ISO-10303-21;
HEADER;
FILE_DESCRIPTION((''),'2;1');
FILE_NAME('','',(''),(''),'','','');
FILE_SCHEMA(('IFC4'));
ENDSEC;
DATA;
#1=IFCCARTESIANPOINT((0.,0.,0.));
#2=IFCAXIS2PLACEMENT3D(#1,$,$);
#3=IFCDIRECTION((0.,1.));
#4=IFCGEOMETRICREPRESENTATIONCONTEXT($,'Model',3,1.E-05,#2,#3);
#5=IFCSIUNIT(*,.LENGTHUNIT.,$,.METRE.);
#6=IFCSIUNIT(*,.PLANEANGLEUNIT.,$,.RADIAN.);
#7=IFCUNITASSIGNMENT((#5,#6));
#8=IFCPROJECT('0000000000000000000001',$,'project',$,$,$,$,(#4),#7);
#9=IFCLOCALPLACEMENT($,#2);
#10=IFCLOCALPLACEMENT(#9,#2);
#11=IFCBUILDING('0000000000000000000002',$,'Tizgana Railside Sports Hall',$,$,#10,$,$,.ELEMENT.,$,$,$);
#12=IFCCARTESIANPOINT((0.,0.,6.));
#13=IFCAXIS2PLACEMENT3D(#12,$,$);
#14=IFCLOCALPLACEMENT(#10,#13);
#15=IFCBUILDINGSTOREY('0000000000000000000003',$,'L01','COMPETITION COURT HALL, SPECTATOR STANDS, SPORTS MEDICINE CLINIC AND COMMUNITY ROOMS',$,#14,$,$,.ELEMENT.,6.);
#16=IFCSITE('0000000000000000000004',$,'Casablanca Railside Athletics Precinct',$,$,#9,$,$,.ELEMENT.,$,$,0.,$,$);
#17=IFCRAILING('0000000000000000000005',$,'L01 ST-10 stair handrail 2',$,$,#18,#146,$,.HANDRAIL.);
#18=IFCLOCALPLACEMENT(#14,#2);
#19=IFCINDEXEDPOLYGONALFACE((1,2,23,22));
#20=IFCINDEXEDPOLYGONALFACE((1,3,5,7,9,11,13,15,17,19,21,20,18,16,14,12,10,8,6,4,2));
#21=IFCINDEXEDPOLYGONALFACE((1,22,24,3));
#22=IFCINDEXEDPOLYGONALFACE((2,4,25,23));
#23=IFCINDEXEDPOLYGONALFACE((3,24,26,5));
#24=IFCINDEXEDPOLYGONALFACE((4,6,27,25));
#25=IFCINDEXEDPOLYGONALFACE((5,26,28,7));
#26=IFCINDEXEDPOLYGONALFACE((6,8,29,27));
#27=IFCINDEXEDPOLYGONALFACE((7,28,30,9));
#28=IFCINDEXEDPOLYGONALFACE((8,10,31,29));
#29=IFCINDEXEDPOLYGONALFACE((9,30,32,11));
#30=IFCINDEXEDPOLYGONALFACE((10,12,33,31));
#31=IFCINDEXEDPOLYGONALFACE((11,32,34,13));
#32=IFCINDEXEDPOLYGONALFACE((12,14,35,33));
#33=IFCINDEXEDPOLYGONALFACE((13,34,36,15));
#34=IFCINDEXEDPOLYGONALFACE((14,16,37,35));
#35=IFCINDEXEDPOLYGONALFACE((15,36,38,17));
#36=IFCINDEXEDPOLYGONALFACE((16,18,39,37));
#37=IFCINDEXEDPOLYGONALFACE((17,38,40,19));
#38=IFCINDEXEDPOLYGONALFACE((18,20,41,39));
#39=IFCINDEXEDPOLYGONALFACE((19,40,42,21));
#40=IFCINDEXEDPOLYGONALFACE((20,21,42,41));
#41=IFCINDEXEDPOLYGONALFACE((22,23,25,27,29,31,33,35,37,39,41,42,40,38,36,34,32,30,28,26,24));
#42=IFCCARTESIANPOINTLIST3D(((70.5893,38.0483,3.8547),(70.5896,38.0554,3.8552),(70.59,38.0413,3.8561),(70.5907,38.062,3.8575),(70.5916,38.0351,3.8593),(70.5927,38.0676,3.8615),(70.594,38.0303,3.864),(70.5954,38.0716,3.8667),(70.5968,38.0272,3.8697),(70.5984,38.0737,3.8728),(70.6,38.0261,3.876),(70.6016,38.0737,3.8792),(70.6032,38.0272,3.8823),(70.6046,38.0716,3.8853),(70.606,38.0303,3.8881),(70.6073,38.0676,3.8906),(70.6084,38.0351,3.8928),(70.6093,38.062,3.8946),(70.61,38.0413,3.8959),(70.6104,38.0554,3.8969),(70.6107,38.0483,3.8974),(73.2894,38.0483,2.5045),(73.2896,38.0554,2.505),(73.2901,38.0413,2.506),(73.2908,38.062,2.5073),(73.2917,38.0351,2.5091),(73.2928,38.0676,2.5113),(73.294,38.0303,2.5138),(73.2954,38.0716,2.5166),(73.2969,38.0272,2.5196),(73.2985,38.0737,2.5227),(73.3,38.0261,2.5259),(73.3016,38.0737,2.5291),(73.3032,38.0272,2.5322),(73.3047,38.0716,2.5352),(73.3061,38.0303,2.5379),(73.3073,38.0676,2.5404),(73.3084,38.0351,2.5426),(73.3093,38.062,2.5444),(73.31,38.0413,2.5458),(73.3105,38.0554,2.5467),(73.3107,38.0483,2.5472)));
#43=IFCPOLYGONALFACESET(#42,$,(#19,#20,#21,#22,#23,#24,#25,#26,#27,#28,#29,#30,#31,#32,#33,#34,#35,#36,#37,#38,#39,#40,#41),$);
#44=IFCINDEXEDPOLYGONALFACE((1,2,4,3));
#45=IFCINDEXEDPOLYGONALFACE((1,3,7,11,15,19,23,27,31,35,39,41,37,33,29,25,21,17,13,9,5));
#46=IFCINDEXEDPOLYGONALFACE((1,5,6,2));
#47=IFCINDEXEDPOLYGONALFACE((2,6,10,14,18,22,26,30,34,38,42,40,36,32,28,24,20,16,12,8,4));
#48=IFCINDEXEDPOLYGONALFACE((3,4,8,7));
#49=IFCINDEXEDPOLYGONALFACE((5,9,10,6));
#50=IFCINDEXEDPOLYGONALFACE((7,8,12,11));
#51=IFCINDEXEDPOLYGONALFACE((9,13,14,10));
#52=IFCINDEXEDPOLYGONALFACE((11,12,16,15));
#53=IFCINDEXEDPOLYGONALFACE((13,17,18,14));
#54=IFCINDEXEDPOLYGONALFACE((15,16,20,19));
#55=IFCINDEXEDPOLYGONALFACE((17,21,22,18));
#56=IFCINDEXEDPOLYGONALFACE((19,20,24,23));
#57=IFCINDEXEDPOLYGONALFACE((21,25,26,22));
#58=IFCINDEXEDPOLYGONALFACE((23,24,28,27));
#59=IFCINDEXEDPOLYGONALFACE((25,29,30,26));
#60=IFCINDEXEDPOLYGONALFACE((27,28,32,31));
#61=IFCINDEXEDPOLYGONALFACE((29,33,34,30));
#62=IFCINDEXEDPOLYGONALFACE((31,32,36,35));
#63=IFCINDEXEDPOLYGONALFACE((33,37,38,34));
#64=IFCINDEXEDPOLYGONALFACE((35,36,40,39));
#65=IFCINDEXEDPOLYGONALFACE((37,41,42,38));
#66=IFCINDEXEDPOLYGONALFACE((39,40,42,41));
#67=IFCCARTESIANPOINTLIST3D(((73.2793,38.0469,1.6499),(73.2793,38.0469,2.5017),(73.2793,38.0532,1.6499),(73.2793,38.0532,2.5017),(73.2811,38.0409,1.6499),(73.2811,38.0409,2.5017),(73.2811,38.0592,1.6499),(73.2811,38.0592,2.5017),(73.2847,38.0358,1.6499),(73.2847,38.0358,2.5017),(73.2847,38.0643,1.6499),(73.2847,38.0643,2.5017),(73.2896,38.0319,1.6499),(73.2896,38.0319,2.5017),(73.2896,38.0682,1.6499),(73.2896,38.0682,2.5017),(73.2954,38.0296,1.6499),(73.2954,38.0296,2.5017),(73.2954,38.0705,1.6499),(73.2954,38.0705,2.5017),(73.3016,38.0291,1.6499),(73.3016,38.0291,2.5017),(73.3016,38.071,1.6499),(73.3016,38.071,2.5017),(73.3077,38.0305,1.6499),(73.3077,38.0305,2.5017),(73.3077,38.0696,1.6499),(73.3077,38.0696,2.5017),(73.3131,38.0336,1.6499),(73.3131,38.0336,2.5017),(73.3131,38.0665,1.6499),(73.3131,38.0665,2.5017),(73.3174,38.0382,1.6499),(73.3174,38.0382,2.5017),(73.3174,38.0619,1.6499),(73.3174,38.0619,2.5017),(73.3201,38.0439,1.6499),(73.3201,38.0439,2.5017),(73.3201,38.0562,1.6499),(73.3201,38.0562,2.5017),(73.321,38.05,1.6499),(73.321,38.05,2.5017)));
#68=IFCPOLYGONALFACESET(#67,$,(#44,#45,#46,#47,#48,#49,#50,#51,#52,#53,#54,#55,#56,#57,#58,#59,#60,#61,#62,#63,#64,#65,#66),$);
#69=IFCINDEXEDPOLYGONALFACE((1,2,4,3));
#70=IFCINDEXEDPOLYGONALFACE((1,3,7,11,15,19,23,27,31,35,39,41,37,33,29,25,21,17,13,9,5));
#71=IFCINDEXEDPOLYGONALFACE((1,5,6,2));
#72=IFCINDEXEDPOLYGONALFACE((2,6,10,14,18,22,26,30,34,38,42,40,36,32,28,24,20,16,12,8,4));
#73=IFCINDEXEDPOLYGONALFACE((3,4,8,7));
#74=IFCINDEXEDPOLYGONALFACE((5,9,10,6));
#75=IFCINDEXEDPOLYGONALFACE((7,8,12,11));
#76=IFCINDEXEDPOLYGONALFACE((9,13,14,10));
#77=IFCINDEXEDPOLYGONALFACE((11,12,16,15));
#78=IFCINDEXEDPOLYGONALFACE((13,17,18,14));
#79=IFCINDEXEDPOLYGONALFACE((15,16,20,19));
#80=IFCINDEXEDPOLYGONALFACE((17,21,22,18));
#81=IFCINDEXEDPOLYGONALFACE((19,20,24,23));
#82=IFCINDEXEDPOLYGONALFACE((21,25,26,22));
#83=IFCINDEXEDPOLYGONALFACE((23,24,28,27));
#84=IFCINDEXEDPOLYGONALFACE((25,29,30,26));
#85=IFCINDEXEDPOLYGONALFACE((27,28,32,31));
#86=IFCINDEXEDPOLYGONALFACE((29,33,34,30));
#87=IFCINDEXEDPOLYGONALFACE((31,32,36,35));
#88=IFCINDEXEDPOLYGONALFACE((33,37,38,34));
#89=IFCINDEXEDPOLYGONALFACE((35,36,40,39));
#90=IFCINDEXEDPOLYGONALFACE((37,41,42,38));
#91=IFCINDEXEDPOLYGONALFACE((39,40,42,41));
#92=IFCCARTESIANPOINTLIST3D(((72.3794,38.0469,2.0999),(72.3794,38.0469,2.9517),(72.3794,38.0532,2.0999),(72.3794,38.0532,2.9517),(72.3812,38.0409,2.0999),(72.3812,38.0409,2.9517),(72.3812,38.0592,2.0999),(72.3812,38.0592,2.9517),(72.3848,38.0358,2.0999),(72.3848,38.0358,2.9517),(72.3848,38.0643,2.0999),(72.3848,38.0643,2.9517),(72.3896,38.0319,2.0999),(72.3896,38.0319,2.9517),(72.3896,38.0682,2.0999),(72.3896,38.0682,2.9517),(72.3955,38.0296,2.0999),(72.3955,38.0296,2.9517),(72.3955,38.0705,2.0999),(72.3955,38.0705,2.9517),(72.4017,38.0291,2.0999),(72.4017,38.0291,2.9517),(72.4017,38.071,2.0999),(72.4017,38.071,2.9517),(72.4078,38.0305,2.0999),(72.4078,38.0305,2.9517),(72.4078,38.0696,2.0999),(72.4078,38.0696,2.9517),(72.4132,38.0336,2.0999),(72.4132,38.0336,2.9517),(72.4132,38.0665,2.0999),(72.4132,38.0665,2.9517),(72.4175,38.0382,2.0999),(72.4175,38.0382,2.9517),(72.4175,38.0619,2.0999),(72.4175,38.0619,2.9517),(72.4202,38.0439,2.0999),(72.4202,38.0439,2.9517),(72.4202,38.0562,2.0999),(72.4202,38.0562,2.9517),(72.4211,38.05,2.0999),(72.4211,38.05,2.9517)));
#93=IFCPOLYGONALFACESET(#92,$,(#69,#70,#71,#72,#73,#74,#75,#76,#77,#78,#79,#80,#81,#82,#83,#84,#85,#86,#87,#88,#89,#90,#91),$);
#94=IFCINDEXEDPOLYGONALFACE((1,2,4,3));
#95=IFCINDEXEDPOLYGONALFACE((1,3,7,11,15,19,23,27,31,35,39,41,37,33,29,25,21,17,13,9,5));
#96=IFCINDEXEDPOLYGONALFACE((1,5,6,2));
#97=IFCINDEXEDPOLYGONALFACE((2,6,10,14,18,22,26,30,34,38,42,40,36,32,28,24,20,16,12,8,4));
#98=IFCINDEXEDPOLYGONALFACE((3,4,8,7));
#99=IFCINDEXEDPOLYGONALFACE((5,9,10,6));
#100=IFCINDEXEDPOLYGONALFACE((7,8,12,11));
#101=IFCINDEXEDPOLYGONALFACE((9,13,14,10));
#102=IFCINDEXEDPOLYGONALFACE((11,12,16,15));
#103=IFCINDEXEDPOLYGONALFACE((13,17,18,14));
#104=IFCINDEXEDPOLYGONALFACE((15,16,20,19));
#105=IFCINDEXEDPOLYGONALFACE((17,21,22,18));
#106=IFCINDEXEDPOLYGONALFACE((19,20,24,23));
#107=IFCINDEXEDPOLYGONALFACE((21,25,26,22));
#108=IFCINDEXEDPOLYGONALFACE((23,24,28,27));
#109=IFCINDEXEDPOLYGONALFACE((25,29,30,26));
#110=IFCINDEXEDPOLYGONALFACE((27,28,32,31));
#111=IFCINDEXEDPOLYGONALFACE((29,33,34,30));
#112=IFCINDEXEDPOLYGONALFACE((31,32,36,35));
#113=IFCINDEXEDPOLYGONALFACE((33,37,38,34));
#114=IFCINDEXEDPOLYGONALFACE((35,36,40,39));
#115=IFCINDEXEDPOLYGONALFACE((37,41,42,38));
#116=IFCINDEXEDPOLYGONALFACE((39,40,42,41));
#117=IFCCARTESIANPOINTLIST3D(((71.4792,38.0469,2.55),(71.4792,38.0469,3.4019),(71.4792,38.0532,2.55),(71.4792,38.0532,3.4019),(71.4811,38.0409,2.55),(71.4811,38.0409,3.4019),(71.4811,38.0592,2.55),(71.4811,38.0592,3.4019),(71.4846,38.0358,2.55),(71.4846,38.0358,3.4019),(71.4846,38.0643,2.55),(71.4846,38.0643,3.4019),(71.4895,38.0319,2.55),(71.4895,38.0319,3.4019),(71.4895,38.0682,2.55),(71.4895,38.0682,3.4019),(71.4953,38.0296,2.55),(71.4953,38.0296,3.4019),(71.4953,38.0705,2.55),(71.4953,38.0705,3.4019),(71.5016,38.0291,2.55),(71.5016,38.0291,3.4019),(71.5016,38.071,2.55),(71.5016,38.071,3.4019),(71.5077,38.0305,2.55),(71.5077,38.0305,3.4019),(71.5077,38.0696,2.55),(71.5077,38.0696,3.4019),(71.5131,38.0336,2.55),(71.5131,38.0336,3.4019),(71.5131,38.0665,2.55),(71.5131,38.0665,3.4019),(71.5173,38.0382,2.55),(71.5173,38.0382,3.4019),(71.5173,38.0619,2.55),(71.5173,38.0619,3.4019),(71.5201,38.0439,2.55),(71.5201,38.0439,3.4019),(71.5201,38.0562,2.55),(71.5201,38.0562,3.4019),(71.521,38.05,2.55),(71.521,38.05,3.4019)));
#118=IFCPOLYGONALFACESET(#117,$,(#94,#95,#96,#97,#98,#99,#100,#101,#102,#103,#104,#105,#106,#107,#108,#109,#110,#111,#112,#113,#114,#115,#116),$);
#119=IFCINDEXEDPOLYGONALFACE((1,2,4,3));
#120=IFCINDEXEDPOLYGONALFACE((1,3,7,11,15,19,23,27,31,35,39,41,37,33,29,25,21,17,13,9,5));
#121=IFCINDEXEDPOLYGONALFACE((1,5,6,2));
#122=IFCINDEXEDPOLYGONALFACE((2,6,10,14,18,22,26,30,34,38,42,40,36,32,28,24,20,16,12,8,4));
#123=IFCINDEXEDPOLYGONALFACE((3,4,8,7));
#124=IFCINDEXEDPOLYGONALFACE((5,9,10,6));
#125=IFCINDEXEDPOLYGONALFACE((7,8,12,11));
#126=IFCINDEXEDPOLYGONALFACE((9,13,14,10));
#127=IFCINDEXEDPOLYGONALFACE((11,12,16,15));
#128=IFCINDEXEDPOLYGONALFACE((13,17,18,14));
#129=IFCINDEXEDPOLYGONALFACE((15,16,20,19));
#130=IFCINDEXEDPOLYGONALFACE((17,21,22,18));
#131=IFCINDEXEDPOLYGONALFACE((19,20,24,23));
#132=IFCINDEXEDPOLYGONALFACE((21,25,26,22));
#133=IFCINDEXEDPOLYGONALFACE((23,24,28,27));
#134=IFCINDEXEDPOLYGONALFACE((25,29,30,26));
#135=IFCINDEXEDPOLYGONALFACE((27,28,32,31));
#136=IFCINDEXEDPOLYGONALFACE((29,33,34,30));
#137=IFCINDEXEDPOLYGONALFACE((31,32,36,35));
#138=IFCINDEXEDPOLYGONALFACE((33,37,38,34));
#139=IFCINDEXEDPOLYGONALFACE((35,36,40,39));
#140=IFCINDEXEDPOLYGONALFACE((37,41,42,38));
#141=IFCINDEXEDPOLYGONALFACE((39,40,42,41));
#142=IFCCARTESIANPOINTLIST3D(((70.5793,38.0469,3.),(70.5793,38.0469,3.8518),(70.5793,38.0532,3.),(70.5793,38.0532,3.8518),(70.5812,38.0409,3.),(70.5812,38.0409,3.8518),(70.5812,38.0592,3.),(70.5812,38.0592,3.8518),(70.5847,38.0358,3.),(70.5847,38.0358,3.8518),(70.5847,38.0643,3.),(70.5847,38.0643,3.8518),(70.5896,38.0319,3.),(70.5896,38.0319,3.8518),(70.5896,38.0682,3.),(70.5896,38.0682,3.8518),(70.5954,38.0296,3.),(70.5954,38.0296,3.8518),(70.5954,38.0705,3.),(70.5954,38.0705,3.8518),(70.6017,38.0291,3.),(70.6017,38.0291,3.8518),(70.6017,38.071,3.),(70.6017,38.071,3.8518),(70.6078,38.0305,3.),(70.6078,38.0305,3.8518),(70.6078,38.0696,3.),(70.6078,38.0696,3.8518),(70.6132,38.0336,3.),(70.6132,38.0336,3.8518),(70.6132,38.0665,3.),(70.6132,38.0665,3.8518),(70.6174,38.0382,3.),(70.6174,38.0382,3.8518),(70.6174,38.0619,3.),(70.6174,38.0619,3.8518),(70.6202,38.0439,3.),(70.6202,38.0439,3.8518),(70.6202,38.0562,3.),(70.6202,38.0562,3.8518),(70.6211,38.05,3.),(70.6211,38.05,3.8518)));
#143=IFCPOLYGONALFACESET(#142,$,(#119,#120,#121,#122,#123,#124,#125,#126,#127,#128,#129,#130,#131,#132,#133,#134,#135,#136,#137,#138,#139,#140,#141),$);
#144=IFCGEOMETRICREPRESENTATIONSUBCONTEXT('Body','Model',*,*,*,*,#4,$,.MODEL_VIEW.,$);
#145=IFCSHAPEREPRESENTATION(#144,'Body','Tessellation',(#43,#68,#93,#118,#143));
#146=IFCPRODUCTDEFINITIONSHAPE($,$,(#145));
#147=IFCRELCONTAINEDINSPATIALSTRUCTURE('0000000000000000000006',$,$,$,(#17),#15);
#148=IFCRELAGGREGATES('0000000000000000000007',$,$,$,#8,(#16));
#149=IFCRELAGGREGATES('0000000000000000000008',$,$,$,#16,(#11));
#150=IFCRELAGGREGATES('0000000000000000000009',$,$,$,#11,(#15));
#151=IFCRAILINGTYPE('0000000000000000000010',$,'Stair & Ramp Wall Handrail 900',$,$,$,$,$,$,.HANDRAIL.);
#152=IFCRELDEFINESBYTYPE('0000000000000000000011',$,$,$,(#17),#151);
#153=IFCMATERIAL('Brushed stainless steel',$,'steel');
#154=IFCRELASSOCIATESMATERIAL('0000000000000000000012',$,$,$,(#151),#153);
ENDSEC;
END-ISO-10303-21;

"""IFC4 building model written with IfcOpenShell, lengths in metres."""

from ifc_helpers import new_model, si_unit, direction, frame, origin, origin_2d, place, context, subcontext, project, spatial, circle, extrude, material, type_object, element, save


model = new_model("IFC4")

# Units and contexts
model_context = context("Model", 3, precision=1e-05, world=origin(), true_north=direction((0.0, 1.0)))
body_context = subcontext(model_context, "Body", "Model", "MODEL_VIEW")
ifc_project = project(units=[si_unit("LENGTHUNIT", "METRE"), si_unit("PLANEANGLEUNIT", "RADIAN")], contexts=[model_context])

# Site, building, storey
site_placement = place(None, origin())
site = spatial("IfcSite", under=ifc_project, at=site_placement, Name="Casablanca Railside Athletics Precinct", CompositionType="ELEMENT", RefElevation=0.0)
building_placement = place(site_placement, origin())
building = spatial("IfcBuilding", under=site, at=building_placement, Name="Tizgana Railside Sports Hall", CompositionType="ELEMENT")
storey_placement = place(building_placement, frame((0.0, 0.0, 6.0)))
storey = spatial("IfcBuildingStorey", under=building, at=storey_placement, Name="L01", Description="COMPETITION COURT HALL, SPECTATOR STANDS, SPORTS MEDICINE CLINIC AND COMMUNITY ROOMS", CompositionType="ELEMENT", Elevation=6.0)

# Railing
ifc_material_1 = material(Name="Brushed stainless steel", Category="steel")
railing_type_1 = type_object("IfcRailingType", Name="Stair & Ramp Wall Handrail 900", PredefinedType="HANDRAIL", material=ifc_material_1)
for number, where, name in (
    (1, (73.3, 38.05, 1.6499), "L01 ST-10 stair handrail 2"),
):
    element("IfcRailing", number, at=place(storey_placement, frame(where)), inside=storey, type_object=railing_type_1, Name=name, PredefinedType="HANDRAIL", context=body_context, shape_type="SweptSolid", body=[
        extrude(circle(Radius=0.0239, at=origin_2d()), frame((0.0, 0.0, 0.876), z_axis=(-0.894411, 0.0, 0.447246), x_axis=(0.0, -1.0, 0.0)), (0.0, 0.0, 1.0), 3.0188),
        extrude(circle(Radius=0.021, at=origin_2d()), origin(), (0.0, 0.0, 1.0), 0.8518),
        extrude(circle(Radius=0.021, at=origin_2d()), frame((-0.8999, 0.0, 0.45)), (0.0, 0.0, 1.0), 0.8518),
        extrude(circle(Radius=0.021, at=origin_2d()), frame((-1.8, 0.0, 0.9001)), (0.0, 0.0, 1.0), 0.8518),
        extrude(circle(Radius=0.021, at=origin_2d()), frame((-2.7, 0.0, 1.3501)), (0.0, 0.0, 1.0), 0.8518),
    ])

save(model, "model.ifc")
